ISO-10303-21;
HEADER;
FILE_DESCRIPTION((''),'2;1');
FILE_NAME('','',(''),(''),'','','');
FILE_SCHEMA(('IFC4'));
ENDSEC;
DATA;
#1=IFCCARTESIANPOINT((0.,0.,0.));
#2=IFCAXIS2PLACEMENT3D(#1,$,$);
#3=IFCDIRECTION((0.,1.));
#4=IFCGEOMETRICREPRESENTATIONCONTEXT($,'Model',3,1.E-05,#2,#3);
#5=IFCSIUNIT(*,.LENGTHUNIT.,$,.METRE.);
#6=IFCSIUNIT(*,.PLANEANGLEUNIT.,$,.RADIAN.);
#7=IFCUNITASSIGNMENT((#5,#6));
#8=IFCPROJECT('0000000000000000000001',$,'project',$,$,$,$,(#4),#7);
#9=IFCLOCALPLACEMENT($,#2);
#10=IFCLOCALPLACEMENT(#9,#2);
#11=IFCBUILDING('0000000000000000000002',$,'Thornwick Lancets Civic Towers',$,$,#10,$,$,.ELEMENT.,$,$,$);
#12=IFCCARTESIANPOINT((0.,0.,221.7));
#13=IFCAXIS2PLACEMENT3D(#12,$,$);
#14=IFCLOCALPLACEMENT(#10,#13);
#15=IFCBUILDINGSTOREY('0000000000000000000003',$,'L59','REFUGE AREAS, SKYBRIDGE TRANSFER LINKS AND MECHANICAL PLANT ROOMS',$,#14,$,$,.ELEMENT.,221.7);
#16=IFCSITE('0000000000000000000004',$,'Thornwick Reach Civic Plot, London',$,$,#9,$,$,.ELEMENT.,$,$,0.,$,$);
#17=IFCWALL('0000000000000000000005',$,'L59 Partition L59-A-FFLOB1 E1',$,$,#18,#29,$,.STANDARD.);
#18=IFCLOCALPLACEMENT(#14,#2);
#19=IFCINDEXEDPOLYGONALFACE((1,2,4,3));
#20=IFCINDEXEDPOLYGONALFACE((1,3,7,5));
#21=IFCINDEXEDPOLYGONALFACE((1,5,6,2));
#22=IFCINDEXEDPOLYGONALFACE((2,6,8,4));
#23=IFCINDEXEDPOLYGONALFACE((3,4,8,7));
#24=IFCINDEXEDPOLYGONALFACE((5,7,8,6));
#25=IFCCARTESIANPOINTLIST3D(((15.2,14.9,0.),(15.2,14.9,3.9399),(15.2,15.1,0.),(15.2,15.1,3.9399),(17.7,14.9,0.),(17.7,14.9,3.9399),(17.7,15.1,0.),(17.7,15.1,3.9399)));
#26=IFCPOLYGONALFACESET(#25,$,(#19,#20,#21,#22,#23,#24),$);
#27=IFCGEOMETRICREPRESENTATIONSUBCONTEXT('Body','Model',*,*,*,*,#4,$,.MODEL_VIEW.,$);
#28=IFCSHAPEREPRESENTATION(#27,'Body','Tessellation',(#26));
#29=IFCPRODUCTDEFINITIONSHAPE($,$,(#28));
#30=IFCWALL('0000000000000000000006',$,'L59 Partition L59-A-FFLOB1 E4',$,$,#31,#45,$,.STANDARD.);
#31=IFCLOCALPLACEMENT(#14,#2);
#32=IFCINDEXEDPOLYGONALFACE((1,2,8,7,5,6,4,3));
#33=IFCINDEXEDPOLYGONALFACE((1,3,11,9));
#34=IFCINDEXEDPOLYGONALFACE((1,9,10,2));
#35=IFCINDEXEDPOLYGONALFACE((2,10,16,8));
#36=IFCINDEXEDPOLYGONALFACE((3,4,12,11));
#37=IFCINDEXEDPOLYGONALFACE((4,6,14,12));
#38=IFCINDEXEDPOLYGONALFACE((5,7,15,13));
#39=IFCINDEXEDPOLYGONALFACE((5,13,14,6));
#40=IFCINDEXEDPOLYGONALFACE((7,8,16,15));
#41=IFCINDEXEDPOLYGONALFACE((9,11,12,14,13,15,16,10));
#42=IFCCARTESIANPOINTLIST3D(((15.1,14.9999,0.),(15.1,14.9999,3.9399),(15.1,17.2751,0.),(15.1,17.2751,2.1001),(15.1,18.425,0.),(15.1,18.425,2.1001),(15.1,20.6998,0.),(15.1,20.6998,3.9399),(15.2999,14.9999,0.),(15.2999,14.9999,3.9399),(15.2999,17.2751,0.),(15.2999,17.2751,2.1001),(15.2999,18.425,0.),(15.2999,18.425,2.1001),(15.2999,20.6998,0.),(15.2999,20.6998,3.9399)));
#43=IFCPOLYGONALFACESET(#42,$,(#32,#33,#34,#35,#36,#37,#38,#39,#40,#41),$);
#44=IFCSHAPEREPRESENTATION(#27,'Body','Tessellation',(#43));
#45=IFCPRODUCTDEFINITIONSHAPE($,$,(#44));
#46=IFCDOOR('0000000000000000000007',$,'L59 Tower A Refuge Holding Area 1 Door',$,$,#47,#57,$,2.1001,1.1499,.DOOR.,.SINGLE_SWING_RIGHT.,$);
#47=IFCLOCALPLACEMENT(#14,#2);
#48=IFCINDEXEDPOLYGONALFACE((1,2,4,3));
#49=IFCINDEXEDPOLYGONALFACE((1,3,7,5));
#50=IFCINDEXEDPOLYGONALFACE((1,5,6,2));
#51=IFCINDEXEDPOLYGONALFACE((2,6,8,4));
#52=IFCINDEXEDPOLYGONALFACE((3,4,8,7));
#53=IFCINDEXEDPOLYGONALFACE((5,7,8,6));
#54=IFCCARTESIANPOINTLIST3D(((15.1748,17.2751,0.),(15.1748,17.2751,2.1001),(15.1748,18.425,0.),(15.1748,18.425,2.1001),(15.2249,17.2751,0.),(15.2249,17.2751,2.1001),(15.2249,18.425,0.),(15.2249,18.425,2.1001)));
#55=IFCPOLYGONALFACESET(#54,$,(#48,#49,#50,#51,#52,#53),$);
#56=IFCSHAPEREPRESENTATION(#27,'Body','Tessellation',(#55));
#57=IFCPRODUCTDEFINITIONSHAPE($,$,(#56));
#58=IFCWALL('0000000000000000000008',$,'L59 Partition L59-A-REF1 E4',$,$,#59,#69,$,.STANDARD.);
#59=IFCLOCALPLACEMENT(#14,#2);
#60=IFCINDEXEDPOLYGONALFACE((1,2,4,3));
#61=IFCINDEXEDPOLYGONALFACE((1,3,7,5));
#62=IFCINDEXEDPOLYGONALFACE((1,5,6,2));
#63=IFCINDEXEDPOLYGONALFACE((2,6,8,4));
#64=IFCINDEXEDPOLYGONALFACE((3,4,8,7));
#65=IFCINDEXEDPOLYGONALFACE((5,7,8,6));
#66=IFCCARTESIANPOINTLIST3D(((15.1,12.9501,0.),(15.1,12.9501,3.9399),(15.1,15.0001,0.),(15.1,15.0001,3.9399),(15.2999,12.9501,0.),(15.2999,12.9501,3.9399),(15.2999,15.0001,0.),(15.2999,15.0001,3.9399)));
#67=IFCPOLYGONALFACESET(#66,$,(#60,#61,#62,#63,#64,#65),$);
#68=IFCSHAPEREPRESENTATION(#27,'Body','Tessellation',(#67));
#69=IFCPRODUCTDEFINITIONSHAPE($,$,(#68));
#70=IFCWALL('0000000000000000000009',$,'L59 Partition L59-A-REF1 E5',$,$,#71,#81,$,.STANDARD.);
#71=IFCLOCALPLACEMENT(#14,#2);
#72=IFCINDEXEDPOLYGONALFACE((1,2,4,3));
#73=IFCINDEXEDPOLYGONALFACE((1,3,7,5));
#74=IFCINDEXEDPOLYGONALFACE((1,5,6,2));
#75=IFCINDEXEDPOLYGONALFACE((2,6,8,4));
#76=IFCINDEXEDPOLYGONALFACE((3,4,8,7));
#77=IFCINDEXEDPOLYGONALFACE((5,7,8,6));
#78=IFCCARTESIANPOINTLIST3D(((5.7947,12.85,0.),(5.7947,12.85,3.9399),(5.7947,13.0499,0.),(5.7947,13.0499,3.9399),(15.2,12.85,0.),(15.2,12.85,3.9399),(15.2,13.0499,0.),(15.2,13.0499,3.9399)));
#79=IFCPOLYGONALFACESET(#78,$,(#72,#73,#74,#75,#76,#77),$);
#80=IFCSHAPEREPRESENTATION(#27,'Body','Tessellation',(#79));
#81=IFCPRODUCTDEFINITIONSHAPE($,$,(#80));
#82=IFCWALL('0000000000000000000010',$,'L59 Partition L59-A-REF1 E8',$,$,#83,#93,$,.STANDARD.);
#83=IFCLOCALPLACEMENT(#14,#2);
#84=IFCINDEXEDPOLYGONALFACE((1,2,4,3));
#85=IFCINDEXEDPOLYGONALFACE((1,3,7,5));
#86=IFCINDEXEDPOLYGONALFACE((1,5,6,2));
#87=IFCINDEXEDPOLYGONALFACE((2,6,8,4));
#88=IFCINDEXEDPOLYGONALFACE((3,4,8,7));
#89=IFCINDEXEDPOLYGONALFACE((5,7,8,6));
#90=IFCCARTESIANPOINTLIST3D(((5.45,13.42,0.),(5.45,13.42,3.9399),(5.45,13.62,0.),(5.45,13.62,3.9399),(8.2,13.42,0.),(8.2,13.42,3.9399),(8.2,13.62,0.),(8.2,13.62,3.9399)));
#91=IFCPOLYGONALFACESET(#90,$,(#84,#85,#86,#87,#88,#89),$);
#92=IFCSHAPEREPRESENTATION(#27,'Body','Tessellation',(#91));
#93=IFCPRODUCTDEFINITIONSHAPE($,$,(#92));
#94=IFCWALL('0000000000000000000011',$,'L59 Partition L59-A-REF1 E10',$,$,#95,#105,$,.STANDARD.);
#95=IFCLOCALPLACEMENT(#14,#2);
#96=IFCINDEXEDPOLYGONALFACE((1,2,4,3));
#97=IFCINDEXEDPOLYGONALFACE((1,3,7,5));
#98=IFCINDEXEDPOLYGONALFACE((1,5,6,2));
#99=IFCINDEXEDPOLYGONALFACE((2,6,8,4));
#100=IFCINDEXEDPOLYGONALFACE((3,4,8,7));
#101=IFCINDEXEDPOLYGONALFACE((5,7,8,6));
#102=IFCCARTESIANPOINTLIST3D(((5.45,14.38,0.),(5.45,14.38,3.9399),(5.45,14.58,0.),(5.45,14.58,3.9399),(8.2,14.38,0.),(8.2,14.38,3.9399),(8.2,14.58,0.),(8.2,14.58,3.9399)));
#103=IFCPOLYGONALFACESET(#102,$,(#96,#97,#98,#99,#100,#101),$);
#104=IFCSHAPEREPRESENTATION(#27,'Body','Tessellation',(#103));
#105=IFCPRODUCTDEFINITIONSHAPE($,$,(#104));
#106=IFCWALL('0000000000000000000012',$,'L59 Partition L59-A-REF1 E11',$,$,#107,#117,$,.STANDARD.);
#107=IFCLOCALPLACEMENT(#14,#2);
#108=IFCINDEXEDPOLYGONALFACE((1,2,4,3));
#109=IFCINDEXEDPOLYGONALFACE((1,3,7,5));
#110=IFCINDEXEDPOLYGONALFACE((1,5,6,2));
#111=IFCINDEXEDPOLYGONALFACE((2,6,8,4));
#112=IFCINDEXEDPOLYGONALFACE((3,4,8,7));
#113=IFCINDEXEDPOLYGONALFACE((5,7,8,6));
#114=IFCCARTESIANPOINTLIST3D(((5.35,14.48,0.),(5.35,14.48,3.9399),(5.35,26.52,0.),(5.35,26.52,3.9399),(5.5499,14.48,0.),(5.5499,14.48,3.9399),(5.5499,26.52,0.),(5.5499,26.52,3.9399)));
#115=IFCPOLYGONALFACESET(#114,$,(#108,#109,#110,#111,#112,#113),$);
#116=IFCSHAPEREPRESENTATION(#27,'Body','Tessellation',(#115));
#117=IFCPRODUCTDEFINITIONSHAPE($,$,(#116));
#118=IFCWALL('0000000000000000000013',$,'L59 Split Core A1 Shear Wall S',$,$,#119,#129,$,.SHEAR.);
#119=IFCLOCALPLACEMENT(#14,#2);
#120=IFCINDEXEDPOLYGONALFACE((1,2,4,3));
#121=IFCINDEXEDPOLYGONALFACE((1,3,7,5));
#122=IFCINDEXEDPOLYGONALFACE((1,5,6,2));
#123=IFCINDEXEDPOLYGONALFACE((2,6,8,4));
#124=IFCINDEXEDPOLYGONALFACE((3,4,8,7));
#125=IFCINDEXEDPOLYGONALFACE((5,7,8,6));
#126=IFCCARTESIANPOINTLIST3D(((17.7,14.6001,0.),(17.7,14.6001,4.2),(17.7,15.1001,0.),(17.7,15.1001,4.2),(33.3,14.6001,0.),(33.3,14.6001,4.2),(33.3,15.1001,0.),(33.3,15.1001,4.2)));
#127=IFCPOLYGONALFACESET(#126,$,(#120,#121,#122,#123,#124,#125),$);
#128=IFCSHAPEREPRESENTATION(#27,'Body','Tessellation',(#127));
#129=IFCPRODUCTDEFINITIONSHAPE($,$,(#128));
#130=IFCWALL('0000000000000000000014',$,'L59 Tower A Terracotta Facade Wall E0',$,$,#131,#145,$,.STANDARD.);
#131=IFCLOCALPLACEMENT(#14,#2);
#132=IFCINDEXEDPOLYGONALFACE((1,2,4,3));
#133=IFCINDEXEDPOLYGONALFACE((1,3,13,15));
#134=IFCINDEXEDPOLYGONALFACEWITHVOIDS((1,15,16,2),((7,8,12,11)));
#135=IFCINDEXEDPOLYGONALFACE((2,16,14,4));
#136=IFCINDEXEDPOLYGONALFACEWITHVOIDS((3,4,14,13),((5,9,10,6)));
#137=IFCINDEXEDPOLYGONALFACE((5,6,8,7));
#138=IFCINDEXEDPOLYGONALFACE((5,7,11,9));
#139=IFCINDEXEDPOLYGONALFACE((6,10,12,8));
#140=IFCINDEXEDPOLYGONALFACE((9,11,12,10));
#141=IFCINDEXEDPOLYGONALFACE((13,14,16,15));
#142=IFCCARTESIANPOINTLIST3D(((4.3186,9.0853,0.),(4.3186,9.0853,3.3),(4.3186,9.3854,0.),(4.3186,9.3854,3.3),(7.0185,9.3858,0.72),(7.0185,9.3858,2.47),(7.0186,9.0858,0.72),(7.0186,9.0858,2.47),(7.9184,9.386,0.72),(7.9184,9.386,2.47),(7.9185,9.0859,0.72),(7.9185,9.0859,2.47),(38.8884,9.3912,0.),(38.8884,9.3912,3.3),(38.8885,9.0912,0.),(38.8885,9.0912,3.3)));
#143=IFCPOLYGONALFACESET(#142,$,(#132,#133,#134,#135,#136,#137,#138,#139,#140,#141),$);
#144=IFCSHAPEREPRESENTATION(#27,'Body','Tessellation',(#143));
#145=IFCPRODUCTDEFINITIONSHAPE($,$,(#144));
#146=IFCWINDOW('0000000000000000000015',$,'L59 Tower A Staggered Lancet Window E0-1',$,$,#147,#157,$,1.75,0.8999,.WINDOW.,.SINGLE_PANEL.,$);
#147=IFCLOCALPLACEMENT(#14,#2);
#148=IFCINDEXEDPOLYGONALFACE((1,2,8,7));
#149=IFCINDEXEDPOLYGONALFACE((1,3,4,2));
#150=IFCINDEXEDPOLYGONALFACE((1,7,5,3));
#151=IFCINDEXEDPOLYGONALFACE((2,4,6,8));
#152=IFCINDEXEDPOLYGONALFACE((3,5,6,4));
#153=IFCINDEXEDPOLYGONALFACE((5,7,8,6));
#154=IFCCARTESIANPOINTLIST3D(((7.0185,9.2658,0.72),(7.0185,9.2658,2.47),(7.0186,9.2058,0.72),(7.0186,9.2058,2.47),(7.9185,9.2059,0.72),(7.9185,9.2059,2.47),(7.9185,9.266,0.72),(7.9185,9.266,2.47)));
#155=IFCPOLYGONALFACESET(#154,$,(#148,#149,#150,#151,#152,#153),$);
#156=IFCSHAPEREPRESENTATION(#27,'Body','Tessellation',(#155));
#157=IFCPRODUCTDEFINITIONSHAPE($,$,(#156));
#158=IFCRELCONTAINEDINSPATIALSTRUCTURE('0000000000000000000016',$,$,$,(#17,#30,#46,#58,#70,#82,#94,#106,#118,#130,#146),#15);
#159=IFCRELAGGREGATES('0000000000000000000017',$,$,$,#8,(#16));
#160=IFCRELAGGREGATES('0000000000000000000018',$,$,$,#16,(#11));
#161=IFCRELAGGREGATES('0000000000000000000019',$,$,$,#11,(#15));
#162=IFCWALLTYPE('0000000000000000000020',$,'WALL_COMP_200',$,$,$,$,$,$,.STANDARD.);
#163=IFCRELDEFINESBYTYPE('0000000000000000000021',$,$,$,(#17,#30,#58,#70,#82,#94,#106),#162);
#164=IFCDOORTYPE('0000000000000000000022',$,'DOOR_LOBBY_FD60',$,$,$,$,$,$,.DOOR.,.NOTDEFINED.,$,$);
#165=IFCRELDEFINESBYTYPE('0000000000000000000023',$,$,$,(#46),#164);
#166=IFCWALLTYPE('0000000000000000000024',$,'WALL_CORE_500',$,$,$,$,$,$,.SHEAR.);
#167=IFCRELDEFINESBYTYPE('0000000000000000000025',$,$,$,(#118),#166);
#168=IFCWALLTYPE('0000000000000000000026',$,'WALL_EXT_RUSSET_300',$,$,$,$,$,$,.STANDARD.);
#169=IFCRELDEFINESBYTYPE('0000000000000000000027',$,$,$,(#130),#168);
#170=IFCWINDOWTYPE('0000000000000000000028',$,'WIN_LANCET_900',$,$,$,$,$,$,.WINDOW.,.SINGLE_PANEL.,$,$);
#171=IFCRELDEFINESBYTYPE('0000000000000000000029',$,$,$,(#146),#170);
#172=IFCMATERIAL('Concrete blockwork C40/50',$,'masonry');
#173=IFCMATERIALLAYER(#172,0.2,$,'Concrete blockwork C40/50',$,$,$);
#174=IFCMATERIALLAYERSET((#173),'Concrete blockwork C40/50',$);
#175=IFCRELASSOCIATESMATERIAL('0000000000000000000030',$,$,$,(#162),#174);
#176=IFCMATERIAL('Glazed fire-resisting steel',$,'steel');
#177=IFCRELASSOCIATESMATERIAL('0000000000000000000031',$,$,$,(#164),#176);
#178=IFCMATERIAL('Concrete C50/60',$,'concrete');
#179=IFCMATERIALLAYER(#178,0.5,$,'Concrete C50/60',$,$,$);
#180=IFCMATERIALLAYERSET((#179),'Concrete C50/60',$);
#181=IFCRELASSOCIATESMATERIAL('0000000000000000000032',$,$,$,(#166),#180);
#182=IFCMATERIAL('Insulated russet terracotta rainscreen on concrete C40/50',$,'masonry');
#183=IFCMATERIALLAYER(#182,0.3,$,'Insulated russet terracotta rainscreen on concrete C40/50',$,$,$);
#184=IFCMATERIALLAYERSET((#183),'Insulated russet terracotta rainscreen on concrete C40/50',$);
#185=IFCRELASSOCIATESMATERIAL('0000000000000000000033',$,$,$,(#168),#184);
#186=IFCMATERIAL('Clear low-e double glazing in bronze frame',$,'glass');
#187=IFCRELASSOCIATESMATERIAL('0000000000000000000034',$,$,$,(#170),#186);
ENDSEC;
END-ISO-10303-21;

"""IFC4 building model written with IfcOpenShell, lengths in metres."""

from ifc_helpers import new_model, si_unit, direction, frame, frame_2d, origin, place, context, subcontext, project, spatial, rectangle, extrude, material, layer, layer_set, type_object, element, fill, save


model = new_model("IFC4")

# Units and contexts
model_context = context("Model", 3, precision=1e-05, world=origin(), true_north=direction((0.0, 1.0)))
body_context = subcontext(model_context, "Body", "Model", "MODEL_VIEW")
ifc_project = project(units=[si_unit("LENGTHUNIT", "METRE"), si_unit("PLANEANGLEUNIT", "RADIAN")], contexts=[model_context])

# Site, building, storey
site_placement = place(None, origin())
site = spatial("IfcSite", under=ifc_project, at=site_placement, Name="Thornwick Reach Civic Plot, London", CompositionType="ELEMENT", RefElevation=0.0)
building_placement = place(site_placement, origin())
building = spatial("IfcBuilding", under=site, at=building_placement, Name="Thornwick Lancets Civic Towers", CompositionType="ELEMENT")
storey_placement = place(building_placement, frame((0.0, 0.0, 221.7)))
storey = spatial("IfcBuildingStorey", under=building, at=storey_placement, Name="L59", Description="REFUGE AREAS, SKYBRIDGE TRANSFER LINKS AND MECHANICAL PLANT ROOMS", CompositionType="ELEMENT", Elevation=221.7)

# Shared definitions
ifc_material_1 = material(Name="Concrete C50/60", Category="concrete")

# Wall
ifc_material_2 = material(Name="Concrete blockwork C40/50", Category="masonry")
ifc_layer_1 = layer(ifc_material_2, 0.2, Name="Concrete blockwork C40/50")
ifc_layer_set_1 = layer_set([ifc_layer_1], Name="Concrete blockwork C40/50")
wall_type_1 = type_object("IfcWallType", Name="WALL_COMP_200", PredefinedType="STANDARD", material=ifc_layer_set_1)
wall_1_placement = place(storey_placement, frame((15.2, 15.0, 0.0), z_axis=(0.0, 0.0, 1.0), x_axis=(1.0, 0.0, 0.0)))
element("IfcWall", 1, at=wall_1_placement, inside=storey, type_object=wall_type_1, Name="L59 Partition L59-A-FFLOB1 E1", PredefinedType="STANDARD", context=body_context, shape_type="SweptSolid", body=[
    extrude(rectangle(XDim=2.5, YDim=0.2, at=frame_2d((1.25, 0.0))), origin(), (0.0, 0.0, 1.0), 3.9399),
])

# Wall, opening, door
wall_2_placement = place(storey_placement, frame((15.2, 20.7, 0.0), z_axis=(0.0, 0.0, 1.0), x_axis=(0.0, -1.0, 0.0)))
wall_2 = element("IfcWall", 2, at=wall_2_placement, inside=storey, type_object=wall_type_1, Name="L59 Partition L59-A-FFLOB1 E4", PredefinedType="STANDARD", context=body_context, shape_type="SweptSolid", body=[
    extrude(rectangle(XDim=5.7, YDim=0.2, at=frame_2d((2.8501, 0.0))), origin(), (0.0, 0.0, 1.0), 3.9399),
])
opening_1_placement = place(wall_2_placement, frame((2.2749, 0.0, 0.0)))
opening_1 = element("IfcOpeningElement", 3, at=opening_1_placement, cuts=wall_2, PredefinedType="OPENING", context=body_context, shape_type="SweptSolid", body=[
    extrude(rectangle(XDim=1.1499, YDim=2.1001, at=frame_2d((0.575, 1.05))), frame((0.0, 0.1099, 0.0), z_axis=(0.0, -1.0, 0.0), x_axis=(1.0, 0.0, 0.0)), (0.0, 0.0, 1.0), 0.22),
])
ifc_material_3 = material(Name="Glazed fire-resisting steel", Category="steel")
door_type = type_object("IfcDoorType", Name="DOOR_LOBBY_FD60", OperationType="NOTDEFINED", PredefinedType="DOOR", material=ifc_material_3)
door_placement = place(opening_1_placement, origin())
door = element("IfcDoor", 4, at=door_placement, inside=storey, type_object=door_type, Name="L59 Tower A Refuge Holding Area 1 Door", OperationType="SINGLE_SWING_RIGHT", OverallHeight=2.1001, OverallWidth=1.1499, PredefinedType="DOOR", context=body_context, shape_type="SweptSolid", body=[
    extrude(rectangle(XDim=1.1499, YDim=2.1001, at=frame_2d((0.575, 1.05))), frame((0.0, 0.0249, 0.0), z_axis=(0.0, -1.0, 0.0), x_axis=(1.0, 0.0, 0.0)), (0.0, 0.0, 1.0), 0.05),
])
fill(opening_1, door)

# Walls
wall_3_placement = place(storey_placement, frame((15.2, 15.0, 0.0), z_axis=(0.0, 0.0, 1.0), x_axis=(0.0, -1.0, 0.0)))
element("IfcWall", 5, at=wall_3_placement, inside=storey, type_object=wall_type_1, Name="L59 Partition L59-A-REF1 E4", PredefinedType="STANDARD", context=body_context, shape_type="SweptSolid", body=[
    extrude(rectangle(XDim=2.05, YDim=0.2, at=frame_2d((1.0249, 0.0))), origin(), (0.0, 0.0, 1.0), 3.9399),
])
wall_4_placement = place(storey_placement, frame((15.2, 12.95, 0.0), z_axis=(0.0, 0.0, 1.0), x_axis=(-1.0, 0.0, 0.0)))
element("IfcWall", 6, at=wall_4_placement, inside=storey, type_object=wall_type_1, Name="L59 Partition L59-A-REF1 E5", PredefinedType="STANDARD", context=body_context, shape_type="SweptSolid", body=[
    extrude(rectangle(XDim=9.4053, YDim=0.2, at=frame_2d((4.7026, 0.0))), origin(), (0.0, 0.0, 1.0), 3.9399),
])
for number, where, z_axis, x_axis, name in (
    (7, (5.45, 13.52, 0.0), (0.0, 0.0, 1.0), (1.0, 0.0, 0.0), "L59 Partition L59-A-REF1 E8"),
    (8, (8.2, 14.48, 0.0), (0.0, 0.0, 1.0), (-1.0, 0.0, 0.0), "L59 Partition L59-A-REF1 E10"),
):
    element("IfcWall", number, at=place(storey_placement, frame(where, z_axis=z_axis, x_axis=x_axis)), inside=storey, type_object=wall_type_1, Name=name, PredefinedType="STANDARD", context=body_context, shape_type="SweptSolid", body=[
        extrude(rectangle(XDim=2.75, YDim=0.2, at=frame_2d((1.375, 0.0))), origin(), (0.0, 0.0, 1.0), 3.9399),
    ])
wall_5_placement = place(storey_placement, frame((5.45, 14.48, 0.0), z_axis=(0.0, 0.0, 1.0), x_axis=(0.0, 1.0, 0.0)))
element("IfcWall", 9, at=wall_5_placement, inside=storey, type_object=wall_type_1, Name="L59 Partition L59-A-REF1 E11", PredefinedType="STANDARD", context=body_context, shape_type="SweptSolid", body=[
    extrude(rectangle(XDim=12.04, YDim=0.2, at=frame_2d((6.02, 0.0))), origin(), (0.0, 0.0, 1.0), 3.9399),
])
ifc_layer_2 = layer(ifc_material_1, 0.5, Name="Concrete C50/60")
ifc_layer_set_2 = layer_set([ifc_layer_2], Name="Concrete C50/60")
wall_type_2 = type_object("IfcWallType", Name="WALL_CORE_500", PredefinedType="SHEAR", material=ifc_layer_set_2)
wall_6_placement = place(storey_placement, frame((17.7, 14.8501, 0.0), z_axis=(0.0, 0.0, 1.0), x_axis=(1.0, 0.0, 0.0)))
element("IfcWall", 10, at=wall_6_placement, inside=storey, type_object=wall_type_2, Name="L59 Split Core A1 Shear Wall S", PredefinedType="SHEAR", context=body_context, shape_type="SweptSolid", body=[
    extrude(rectangle(XDim=15.6001, YDim=0.5, at=frame_2d((7.8, 0.0))), origin(), (0.0, 0.0, 1.0), 4.2),
])

# Wall, opening, window
ifc_material_4 = material(Name="Insulated russet terracotta rainscreen on concrete C40/50", Category="masonry")
ifc_layer_3 = layer(ifc_material_4, 0.3, Name="Insulated russet terracotta rainscreen on concrete C40/50")
ifc_layer_set_3 = layer_set([ifc_layer_3], Name="Insulated russet terracotta rainscreen on concrete C40/50")
wall_type_3 = type_object("IfcWallType", Name="WALL_EXT_RUSSET_300", PredefinedType="STANDARD", material=ifc_layer_set_3)
wall_7_placement = place(storey_placement, frame((4.3186, 9.2354, 0.0), z_axis=(0.0, 0.0, 1.0), x_axis=(1.0, 0.000169, 0.0)))
wall_7 = element("IfcWall", 11, at=wall_7_placement, inside=storey, type_object=wall_type_3, Name="L59 Tower A Terracotta Facade Wall E0", PredefinedType="STANDARD", context=body_context, shape_type="SweptSolid", body=[
    extrude(rectangle(XDim=34.5698, YDim=0.3, at=frame_2d((17.2849, 0.0))), origin(), (0.0, 0.0, 1.0), 3.3),
])
opening_2_placement = place(wall_7_placement, frame((2.7, 0.0, 0.72)))
opening_2 = element("IfcOpeningElement", 12, at=opening_2_placement, cuts=wall_7, PredefinedType="OPENING", context=body_context, shape_type="SweptSolid", body=[
    extrude(rectangle(XDim=0.8999, YDim=1.75, at=frame_2d((0.45, 0.875))), frame((0.0, 0.1602, 0.0), z_axis=(0.0, -1.0, 0.0), x_axis=(1.0, 0.0, 0.0)), (0.0, 0.0, 1.0), 0.3201),
])
ifc_material_5 = material(Name="Clear low-e double glazing in bronze frame", Category="glass")
window_type = type_object("IfcWindowType", Name="WIN_LANCET_900", PartitioningType="SINGLE_PANEL", PredefinedType="WINDOW", material=ifc_material_5)
window_placement = place(opening_2_placement, origin())
window = element("IfcWindow", 13, at=window_placement, inside=storey, type_object=window_type, Name="L59 Tower A Staggered Lancet Window E0-1", OverallHeight=1.75, OverallWidth=0.8999, PartitioningType="SINGLE_PANEL", PredefinedType="WINDOW", context=body_context, shape_type="SweptSolid", body=[
    extrude(rectangle(XDim=0.8999, YDim=1.75, at=frame_2d((0.45, 0.875))), frame((0.0, 0.03, 0.0), z_axis=(0.0, -1.0, 0.0), x_axis=(1.0, 0.0, 0.0)), (0.0, 0.0, 1.0), 0.0601),
])
fill(opening_2, window)

save(model, "model.ifc")
